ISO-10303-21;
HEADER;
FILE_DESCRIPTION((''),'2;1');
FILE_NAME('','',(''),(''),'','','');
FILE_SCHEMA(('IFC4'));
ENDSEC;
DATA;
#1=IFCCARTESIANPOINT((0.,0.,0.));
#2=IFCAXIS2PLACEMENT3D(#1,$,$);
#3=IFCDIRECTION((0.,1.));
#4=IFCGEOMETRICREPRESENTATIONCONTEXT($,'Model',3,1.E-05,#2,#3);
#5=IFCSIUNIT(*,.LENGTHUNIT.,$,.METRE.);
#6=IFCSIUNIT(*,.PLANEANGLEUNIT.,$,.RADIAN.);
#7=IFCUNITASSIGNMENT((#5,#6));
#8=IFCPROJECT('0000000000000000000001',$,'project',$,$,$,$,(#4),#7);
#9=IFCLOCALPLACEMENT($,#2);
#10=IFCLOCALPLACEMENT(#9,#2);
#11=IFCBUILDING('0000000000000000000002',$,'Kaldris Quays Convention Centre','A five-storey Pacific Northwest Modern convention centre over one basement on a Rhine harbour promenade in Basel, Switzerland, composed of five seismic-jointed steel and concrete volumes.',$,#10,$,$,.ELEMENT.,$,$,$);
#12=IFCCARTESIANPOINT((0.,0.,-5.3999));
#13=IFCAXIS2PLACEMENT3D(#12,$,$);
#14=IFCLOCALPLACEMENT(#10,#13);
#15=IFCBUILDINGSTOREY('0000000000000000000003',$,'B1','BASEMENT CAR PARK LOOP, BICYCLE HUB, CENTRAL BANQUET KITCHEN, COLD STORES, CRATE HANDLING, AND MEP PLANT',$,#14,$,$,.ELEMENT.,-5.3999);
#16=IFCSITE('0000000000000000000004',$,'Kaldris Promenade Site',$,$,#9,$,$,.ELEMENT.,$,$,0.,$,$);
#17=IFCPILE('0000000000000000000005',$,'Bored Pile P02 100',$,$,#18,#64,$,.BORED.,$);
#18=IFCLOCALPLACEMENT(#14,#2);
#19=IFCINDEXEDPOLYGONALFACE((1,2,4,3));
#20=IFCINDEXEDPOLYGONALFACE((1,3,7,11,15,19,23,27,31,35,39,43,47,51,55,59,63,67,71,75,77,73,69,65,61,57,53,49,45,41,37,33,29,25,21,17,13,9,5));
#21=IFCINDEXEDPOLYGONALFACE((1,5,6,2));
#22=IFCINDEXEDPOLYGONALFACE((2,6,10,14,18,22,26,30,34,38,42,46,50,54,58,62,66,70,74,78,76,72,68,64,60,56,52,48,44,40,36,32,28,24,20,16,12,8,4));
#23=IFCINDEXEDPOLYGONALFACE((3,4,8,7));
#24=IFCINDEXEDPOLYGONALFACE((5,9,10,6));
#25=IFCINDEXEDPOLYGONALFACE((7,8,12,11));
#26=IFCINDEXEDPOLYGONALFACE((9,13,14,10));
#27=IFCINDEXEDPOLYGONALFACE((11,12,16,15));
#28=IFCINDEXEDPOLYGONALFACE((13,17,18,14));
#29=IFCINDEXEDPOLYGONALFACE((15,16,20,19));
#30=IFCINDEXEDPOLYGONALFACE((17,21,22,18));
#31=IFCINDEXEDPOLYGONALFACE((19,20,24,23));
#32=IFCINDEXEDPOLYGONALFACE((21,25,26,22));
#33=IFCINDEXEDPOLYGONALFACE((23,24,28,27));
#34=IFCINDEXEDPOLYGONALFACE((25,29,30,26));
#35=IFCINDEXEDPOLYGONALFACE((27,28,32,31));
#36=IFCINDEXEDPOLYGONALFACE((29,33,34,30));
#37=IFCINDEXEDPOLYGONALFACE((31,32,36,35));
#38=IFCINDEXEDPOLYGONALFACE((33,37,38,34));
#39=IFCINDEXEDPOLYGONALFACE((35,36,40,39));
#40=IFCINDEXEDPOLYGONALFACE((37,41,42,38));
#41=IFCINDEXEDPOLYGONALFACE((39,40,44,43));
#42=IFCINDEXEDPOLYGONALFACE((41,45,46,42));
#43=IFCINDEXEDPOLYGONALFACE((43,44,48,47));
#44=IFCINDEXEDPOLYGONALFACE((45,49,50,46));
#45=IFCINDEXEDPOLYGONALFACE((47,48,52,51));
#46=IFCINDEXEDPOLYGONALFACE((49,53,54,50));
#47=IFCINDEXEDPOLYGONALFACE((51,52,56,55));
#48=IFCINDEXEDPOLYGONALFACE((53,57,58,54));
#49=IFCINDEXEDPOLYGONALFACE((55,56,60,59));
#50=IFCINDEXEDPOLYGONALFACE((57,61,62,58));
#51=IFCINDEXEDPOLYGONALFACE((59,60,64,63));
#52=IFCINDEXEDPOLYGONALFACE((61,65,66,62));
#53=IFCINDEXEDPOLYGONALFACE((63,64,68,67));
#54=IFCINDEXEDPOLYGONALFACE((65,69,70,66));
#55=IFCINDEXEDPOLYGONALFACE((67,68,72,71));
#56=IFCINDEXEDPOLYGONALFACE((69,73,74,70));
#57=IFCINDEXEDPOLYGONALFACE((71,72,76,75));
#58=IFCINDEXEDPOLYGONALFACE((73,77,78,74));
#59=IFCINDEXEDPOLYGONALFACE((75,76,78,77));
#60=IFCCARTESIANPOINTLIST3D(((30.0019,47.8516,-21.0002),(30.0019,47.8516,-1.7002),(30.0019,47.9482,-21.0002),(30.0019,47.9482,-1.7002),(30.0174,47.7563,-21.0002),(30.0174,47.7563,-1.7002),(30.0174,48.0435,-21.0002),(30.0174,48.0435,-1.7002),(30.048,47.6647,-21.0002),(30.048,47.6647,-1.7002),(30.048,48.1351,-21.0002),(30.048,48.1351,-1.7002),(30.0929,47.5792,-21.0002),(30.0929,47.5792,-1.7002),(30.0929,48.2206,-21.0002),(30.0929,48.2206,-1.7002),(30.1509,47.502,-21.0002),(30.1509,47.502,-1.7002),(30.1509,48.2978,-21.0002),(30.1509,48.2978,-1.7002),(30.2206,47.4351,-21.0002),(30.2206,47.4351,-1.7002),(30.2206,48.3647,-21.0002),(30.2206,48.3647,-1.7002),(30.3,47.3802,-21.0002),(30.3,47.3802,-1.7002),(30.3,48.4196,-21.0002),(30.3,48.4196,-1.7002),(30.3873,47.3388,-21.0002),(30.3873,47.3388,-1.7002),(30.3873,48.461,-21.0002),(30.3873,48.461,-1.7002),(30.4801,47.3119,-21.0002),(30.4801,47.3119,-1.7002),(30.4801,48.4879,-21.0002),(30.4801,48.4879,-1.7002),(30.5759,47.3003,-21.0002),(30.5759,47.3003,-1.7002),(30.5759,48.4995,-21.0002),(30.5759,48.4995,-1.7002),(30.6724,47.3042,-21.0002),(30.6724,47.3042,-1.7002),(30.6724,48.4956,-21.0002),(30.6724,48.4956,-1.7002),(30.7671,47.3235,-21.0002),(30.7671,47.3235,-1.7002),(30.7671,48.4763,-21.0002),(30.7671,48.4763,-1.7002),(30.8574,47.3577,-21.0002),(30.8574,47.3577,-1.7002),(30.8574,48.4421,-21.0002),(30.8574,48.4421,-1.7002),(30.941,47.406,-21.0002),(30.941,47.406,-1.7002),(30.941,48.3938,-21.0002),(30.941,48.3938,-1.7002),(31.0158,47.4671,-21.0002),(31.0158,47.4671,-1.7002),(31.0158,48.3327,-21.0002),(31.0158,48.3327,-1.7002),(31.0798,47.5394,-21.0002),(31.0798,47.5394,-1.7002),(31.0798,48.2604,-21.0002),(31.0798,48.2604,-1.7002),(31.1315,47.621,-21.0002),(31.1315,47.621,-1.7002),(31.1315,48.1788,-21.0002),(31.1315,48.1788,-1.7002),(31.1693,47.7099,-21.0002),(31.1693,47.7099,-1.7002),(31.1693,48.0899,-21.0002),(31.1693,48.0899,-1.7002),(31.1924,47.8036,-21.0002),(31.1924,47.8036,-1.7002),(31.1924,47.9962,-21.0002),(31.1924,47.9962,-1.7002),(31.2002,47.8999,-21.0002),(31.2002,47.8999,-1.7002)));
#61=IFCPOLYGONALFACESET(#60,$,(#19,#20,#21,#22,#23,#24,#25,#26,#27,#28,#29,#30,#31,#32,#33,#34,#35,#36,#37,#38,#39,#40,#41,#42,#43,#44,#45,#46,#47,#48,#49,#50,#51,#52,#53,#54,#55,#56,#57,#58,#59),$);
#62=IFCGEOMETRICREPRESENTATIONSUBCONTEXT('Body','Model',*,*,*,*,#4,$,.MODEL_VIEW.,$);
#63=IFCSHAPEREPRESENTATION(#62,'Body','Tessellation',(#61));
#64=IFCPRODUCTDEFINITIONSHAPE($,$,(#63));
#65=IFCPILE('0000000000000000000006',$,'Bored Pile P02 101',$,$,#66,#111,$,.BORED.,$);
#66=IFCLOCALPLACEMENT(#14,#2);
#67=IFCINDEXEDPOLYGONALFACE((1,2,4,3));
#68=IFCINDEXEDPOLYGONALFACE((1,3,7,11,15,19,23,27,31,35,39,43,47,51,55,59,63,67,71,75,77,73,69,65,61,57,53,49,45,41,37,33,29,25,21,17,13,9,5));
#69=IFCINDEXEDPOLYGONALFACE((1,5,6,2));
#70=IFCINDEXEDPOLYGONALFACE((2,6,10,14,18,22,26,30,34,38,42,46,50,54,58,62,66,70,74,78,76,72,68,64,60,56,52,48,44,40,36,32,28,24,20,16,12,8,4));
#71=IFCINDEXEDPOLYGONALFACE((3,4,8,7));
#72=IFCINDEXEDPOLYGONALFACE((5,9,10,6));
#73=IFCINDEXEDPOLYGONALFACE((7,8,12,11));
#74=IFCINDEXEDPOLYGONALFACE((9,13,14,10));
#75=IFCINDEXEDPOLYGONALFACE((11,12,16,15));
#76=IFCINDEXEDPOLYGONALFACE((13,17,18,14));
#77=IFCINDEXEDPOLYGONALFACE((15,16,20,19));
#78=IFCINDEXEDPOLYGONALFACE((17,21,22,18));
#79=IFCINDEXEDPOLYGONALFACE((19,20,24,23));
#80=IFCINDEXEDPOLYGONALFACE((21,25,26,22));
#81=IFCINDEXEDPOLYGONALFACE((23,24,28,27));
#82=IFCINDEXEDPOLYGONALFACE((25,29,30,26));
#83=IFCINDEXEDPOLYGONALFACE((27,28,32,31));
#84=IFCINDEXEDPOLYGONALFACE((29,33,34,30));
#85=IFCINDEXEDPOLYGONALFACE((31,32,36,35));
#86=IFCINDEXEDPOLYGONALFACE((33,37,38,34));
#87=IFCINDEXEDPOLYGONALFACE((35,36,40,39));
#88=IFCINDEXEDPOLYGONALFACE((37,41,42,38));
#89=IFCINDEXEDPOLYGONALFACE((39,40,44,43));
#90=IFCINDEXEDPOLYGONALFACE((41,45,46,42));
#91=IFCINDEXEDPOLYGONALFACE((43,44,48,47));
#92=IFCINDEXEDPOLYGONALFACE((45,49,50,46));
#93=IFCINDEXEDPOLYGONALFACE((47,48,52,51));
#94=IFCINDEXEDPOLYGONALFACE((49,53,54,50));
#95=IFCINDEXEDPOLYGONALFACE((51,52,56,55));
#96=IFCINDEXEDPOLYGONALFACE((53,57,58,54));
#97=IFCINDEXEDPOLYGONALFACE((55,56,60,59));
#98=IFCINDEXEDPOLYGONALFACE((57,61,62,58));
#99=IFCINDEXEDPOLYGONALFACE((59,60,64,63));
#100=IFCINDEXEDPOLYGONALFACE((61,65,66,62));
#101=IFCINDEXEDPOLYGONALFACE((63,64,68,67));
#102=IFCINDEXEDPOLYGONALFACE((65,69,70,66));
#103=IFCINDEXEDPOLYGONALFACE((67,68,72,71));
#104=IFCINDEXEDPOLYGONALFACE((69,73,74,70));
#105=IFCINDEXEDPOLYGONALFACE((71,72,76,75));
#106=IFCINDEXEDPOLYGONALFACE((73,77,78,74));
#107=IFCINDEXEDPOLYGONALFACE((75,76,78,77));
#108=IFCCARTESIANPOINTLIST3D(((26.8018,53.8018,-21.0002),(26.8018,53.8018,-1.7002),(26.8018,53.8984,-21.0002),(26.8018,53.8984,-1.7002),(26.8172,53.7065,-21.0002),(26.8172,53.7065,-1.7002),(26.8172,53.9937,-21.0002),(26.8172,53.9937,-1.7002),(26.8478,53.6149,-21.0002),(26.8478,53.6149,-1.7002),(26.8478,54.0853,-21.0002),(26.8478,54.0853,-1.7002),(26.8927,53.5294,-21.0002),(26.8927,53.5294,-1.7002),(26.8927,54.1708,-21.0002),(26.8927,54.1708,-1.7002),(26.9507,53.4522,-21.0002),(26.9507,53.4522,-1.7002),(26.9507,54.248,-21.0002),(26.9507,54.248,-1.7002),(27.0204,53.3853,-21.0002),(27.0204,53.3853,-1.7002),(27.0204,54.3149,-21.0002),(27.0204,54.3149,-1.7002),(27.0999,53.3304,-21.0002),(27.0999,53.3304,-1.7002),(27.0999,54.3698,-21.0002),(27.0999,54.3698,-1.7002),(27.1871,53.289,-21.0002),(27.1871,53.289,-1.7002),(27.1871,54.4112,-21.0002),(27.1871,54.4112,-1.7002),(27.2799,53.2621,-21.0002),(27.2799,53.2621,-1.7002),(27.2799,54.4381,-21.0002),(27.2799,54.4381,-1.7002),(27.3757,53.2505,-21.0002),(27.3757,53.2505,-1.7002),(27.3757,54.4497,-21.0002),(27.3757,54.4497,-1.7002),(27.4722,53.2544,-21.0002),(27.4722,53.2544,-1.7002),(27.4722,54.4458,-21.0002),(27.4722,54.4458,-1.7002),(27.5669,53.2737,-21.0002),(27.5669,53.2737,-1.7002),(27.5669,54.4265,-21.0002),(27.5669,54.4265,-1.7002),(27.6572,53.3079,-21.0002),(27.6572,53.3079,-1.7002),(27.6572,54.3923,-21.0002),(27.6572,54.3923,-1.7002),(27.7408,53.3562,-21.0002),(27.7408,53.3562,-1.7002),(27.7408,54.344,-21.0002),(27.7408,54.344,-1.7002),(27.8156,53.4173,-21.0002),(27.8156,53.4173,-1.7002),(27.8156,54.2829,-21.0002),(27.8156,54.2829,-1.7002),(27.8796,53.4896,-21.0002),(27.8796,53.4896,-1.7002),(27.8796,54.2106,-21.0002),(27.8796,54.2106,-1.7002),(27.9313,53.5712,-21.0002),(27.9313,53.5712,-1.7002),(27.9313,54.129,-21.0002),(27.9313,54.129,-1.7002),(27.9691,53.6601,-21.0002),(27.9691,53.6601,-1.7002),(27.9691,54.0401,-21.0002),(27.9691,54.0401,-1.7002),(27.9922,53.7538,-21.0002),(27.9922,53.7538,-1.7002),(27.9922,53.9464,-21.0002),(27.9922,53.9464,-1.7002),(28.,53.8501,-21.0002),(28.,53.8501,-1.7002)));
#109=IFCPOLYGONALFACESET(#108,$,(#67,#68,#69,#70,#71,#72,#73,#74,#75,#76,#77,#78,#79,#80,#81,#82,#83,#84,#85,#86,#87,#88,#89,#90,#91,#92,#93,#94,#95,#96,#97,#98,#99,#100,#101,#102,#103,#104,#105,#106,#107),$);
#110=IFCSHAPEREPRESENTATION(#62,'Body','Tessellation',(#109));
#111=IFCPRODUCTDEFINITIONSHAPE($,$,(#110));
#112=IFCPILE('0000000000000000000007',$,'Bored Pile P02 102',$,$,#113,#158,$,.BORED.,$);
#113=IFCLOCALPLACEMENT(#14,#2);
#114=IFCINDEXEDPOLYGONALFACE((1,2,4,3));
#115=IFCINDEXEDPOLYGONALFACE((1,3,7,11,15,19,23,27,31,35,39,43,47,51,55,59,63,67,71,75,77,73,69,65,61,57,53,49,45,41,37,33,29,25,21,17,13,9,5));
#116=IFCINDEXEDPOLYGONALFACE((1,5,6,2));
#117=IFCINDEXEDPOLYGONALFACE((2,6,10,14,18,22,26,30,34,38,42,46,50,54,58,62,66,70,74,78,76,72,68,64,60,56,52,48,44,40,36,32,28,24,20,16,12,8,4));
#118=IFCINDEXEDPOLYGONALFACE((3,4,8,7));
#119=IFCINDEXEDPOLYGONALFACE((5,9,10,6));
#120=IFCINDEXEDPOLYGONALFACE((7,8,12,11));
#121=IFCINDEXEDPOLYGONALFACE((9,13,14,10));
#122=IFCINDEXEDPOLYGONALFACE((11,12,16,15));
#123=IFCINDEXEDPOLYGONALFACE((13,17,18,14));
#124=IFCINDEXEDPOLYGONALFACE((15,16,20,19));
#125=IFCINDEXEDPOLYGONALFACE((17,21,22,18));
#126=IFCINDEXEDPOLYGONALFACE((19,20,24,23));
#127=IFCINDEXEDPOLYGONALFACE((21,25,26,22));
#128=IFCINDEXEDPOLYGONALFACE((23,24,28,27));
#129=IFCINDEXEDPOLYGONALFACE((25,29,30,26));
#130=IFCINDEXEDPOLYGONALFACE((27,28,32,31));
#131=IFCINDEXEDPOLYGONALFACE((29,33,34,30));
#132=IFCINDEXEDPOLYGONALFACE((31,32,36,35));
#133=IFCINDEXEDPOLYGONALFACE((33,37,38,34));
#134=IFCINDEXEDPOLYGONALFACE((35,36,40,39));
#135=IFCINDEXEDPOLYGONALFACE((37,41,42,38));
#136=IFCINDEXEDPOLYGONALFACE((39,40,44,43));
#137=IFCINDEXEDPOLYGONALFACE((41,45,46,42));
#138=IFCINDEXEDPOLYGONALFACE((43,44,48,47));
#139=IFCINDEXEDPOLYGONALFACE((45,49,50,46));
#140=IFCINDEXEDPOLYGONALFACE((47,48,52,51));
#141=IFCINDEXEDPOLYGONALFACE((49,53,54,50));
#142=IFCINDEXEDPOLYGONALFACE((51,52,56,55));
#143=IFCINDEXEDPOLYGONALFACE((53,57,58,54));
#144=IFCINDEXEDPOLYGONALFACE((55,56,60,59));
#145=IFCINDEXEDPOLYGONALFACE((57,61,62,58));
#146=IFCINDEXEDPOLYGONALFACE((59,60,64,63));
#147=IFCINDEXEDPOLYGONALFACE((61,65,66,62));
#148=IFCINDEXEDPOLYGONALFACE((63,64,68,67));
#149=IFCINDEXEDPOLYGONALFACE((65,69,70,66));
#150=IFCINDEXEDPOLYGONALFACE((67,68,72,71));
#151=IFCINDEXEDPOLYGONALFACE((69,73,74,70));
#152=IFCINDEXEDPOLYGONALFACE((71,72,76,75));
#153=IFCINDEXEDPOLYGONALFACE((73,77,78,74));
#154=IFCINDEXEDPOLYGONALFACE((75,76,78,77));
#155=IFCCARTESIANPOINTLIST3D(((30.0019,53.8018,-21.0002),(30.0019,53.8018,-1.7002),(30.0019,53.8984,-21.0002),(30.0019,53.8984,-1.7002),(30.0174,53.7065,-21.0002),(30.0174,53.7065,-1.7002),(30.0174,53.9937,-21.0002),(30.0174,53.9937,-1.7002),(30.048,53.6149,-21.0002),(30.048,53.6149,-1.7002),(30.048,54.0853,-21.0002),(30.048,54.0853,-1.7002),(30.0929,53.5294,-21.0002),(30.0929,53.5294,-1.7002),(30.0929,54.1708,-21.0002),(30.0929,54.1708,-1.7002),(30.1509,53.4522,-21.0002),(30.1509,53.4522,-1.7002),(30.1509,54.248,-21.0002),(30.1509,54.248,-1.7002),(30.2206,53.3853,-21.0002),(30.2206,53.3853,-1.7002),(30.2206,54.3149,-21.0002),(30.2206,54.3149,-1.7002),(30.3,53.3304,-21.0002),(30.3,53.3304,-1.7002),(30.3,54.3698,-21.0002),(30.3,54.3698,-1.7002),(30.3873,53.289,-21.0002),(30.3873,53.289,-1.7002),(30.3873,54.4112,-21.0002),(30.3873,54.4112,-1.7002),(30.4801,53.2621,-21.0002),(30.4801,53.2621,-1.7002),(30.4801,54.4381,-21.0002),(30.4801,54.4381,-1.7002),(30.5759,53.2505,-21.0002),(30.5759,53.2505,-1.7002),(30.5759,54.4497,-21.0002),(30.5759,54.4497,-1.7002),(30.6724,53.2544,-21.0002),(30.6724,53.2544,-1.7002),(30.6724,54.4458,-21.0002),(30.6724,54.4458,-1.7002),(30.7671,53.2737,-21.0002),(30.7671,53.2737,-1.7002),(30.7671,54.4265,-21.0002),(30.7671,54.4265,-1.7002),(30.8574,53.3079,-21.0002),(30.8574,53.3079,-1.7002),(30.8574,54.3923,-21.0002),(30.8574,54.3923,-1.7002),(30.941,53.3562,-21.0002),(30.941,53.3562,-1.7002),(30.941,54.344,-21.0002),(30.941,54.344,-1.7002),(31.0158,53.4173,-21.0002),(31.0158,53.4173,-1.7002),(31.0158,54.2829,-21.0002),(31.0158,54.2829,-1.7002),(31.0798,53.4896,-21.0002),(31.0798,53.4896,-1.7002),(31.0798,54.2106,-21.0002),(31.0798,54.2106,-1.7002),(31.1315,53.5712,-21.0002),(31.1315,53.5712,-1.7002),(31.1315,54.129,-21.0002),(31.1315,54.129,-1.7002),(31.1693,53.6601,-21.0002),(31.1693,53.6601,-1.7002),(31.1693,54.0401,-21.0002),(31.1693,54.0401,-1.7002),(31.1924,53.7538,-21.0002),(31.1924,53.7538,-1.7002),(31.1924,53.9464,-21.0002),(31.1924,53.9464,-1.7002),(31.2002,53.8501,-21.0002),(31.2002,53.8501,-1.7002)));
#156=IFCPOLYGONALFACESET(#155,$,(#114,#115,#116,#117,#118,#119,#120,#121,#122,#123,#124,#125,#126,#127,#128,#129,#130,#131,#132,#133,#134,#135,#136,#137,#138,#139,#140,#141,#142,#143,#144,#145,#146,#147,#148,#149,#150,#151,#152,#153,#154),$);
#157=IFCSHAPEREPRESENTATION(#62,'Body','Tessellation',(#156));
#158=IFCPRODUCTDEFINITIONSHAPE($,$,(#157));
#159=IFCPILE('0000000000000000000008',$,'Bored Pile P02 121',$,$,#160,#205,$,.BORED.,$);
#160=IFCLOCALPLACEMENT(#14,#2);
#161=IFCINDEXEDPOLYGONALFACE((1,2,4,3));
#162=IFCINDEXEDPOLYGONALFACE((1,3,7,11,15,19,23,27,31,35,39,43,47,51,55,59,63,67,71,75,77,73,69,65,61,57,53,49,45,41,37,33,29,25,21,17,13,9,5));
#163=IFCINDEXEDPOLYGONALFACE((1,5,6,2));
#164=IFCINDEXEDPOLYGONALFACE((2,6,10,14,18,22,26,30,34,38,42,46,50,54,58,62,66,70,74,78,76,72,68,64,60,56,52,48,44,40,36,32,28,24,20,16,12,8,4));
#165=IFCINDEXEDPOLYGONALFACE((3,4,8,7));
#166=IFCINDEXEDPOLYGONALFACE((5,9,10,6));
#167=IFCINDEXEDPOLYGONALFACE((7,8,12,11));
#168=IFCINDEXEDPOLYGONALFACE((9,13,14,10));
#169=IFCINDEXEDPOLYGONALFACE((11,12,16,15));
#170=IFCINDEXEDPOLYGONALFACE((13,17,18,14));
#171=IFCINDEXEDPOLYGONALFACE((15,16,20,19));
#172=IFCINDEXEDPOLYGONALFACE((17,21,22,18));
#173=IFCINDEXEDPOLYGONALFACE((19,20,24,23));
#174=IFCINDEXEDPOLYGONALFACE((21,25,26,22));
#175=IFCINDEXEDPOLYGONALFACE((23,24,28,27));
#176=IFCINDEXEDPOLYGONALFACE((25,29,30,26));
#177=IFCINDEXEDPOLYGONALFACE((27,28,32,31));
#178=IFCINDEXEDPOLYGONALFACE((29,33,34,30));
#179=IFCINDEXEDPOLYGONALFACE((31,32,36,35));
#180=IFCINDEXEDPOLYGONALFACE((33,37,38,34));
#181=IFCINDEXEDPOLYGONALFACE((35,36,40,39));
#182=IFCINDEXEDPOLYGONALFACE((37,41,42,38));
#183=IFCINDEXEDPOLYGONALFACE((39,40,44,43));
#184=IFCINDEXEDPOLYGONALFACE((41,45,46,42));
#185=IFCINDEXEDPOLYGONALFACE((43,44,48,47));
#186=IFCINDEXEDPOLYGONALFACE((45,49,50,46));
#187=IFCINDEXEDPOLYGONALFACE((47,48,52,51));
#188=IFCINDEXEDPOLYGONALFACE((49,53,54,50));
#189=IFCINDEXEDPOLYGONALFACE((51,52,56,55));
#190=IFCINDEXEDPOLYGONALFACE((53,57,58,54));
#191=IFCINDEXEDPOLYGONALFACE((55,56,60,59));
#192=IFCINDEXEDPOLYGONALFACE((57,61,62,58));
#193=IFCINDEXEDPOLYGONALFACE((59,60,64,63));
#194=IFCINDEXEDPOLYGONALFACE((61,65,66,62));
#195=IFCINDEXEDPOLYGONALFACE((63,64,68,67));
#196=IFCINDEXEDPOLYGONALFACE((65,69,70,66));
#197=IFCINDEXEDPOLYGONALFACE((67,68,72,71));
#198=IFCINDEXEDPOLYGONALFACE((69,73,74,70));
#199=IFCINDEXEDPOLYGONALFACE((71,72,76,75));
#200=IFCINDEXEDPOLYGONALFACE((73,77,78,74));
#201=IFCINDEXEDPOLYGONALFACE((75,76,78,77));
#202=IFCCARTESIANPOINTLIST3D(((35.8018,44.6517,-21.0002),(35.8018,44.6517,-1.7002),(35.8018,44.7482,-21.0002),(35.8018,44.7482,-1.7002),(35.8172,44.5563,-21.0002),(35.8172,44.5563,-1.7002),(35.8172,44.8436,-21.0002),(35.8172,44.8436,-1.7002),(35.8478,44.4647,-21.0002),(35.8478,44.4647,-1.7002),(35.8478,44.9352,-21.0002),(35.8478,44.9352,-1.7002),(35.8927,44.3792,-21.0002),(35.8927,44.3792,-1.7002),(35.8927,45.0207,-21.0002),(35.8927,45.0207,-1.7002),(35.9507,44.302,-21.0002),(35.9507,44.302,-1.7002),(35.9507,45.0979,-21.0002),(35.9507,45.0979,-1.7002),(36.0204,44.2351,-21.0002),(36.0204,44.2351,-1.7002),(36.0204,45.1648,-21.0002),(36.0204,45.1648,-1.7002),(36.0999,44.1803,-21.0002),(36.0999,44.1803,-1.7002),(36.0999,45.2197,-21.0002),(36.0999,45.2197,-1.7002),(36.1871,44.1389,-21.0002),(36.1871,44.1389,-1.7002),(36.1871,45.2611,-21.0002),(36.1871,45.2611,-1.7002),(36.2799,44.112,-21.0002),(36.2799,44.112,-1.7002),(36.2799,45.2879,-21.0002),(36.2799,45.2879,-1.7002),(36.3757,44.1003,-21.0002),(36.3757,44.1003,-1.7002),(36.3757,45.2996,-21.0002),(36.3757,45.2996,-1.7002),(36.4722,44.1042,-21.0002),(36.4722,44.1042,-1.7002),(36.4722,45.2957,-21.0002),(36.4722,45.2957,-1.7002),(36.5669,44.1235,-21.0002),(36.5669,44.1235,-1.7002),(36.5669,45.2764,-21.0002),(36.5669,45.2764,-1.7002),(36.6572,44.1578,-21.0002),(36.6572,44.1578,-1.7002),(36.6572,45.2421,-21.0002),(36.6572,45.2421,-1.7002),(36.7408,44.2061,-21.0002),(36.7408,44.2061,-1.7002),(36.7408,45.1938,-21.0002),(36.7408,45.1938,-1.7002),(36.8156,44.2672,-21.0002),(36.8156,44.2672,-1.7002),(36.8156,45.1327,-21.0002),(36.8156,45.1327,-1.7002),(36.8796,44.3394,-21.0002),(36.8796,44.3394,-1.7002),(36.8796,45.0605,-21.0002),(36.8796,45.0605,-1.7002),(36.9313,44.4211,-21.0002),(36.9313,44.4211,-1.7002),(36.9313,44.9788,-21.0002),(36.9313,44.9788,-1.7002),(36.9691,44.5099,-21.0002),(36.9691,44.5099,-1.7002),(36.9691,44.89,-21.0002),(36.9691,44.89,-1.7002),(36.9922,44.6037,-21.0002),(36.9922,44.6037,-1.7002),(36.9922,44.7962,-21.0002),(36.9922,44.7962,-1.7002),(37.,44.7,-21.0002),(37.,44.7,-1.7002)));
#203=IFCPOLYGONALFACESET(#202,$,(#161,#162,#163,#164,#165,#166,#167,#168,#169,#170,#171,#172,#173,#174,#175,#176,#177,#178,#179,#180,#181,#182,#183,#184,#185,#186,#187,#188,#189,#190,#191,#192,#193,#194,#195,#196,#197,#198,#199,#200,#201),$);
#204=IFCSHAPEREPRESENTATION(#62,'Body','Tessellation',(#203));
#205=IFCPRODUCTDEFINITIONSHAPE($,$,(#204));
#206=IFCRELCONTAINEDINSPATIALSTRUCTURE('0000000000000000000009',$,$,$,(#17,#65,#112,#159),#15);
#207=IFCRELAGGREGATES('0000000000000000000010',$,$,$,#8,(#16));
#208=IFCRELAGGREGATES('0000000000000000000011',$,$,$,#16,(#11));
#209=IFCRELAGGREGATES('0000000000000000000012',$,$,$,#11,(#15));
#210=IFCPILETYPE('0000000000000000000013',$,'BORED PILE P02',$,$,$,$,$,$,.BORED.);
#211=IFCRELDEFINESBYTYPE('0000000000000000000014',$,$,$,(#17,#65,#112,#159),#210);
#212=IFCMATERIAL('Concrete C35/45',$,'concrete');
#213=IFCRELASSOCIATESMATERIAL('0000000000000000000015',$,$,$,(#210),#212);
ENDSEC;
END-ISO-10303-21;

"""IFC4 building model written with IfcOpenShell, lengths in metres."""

from ifc_helpers import new_model, si_unit, direction, frame, origin, origin_2d, place, context, subcontext, project, spatial, circle, extrude, material, material_profile, profile_set, type_object, element, save


model = new_model("IFC4")

# Units and contexts
model_context = context("Model", 3, precision=1e-05, world=origin(), true_north=direction((0.0, 1.0)))
body_context = subcontext(model_context, "Body", "Model", "MODEL_VIEW")
ifc_project = project(units=[si_unit("LENGTHUNIT", "METRE"), si_unit("PLANEANGLEUNIT", "RADIAN")], contexts=[model_context])

# Site, building, storey
site_placement = place(None, origin())
site = spatial("IfcSite", under=ifc_project, at=site_placement, Name="Kaldris Promenade Site", CompositionType="ELEMENT", RefElevation=0.0)
building_placement = place(site_placement, origin())
building = spatial("IfcBuilding", under=site, at=building_placement, Name="Kaldris Quays Convention Centre", Description="A five-storey Pacific Northwest Modern convention centre over one basement on a Rhine harbour promenade in Basel, Switzerland, composed of five seismic-jointed steel and concrete volumes.", CompositionType="ELEMENT")
storey_placement = place(building_placement, frame((0.0, 0.0, -5.3999)))
storey = spatial("IfcBuildingStorey", under=building, at=storey_placement, Name="B1", Description="BASEMENT CAR PARK LOOP, BICYCLE HUB, CENTRAL BANQUET KITCHEN, COLD STORES, CRATE HANDLING, AND MEP PLANT", CompositionType="ELEMENT", Elevation=-5.3999)

# Piles
ifc_material_1 = material(Name="Concrete C35/45", Category="concrete")
ifc_material_profile_1 = material_profile(ifc_material_1, circle(Radius=0.6001, at=origin_2d()), Name="BORED PILE D1200")
ifc_profile_set_1 = profile_set([ifc_material_profile_1], Name="Concrete C35/45")
pile_type_1 = type_object("IfcPileType", Name="BORED PILE P02", PredefinedType="BORED", material=ifc_profile_set_1)
for number, where, z_axis, x_axis, name in (
    (1, (30.6001, 47.8999, -1.7002), (0.0, 0.0, -1.0), (1.0, 0.0, 0.0), "Bored Pile P02 100"),
    (2, (27.3999, 53.8501, -1.7002), (0.0, 0.0, -1.0), (1.0, 0.0, 0.0), "Bored Pile P02 101"),
    (3, (30.6001, 53.8501, -1.7002), (0.0, 0.0, -1.0), (1.0, 0.0, 0.0), "Bored Pile P02 102"),
    (4, (36.3999, 44.7, -1.7002), (0.0, 0.0, -1.0), (1.0, 0.0, 0.0), "Bored Pile P02 121"),
):
    element("IfcPile", number, at=place(storey_placement, frame(where, z_axis=z_axis, x_axis=x_axis)), inside=storey, type_object=pile_type_1, Name=name, PredefinedType="BORED", context=body_context, shape_type="SweptSolid", body=[
        extrude(circle(Radius=0.6001, at=origin_2d()), origin(), (0.0, 0.0, 1.0), 19.3),
    ])

save(model, "model.ifc")
